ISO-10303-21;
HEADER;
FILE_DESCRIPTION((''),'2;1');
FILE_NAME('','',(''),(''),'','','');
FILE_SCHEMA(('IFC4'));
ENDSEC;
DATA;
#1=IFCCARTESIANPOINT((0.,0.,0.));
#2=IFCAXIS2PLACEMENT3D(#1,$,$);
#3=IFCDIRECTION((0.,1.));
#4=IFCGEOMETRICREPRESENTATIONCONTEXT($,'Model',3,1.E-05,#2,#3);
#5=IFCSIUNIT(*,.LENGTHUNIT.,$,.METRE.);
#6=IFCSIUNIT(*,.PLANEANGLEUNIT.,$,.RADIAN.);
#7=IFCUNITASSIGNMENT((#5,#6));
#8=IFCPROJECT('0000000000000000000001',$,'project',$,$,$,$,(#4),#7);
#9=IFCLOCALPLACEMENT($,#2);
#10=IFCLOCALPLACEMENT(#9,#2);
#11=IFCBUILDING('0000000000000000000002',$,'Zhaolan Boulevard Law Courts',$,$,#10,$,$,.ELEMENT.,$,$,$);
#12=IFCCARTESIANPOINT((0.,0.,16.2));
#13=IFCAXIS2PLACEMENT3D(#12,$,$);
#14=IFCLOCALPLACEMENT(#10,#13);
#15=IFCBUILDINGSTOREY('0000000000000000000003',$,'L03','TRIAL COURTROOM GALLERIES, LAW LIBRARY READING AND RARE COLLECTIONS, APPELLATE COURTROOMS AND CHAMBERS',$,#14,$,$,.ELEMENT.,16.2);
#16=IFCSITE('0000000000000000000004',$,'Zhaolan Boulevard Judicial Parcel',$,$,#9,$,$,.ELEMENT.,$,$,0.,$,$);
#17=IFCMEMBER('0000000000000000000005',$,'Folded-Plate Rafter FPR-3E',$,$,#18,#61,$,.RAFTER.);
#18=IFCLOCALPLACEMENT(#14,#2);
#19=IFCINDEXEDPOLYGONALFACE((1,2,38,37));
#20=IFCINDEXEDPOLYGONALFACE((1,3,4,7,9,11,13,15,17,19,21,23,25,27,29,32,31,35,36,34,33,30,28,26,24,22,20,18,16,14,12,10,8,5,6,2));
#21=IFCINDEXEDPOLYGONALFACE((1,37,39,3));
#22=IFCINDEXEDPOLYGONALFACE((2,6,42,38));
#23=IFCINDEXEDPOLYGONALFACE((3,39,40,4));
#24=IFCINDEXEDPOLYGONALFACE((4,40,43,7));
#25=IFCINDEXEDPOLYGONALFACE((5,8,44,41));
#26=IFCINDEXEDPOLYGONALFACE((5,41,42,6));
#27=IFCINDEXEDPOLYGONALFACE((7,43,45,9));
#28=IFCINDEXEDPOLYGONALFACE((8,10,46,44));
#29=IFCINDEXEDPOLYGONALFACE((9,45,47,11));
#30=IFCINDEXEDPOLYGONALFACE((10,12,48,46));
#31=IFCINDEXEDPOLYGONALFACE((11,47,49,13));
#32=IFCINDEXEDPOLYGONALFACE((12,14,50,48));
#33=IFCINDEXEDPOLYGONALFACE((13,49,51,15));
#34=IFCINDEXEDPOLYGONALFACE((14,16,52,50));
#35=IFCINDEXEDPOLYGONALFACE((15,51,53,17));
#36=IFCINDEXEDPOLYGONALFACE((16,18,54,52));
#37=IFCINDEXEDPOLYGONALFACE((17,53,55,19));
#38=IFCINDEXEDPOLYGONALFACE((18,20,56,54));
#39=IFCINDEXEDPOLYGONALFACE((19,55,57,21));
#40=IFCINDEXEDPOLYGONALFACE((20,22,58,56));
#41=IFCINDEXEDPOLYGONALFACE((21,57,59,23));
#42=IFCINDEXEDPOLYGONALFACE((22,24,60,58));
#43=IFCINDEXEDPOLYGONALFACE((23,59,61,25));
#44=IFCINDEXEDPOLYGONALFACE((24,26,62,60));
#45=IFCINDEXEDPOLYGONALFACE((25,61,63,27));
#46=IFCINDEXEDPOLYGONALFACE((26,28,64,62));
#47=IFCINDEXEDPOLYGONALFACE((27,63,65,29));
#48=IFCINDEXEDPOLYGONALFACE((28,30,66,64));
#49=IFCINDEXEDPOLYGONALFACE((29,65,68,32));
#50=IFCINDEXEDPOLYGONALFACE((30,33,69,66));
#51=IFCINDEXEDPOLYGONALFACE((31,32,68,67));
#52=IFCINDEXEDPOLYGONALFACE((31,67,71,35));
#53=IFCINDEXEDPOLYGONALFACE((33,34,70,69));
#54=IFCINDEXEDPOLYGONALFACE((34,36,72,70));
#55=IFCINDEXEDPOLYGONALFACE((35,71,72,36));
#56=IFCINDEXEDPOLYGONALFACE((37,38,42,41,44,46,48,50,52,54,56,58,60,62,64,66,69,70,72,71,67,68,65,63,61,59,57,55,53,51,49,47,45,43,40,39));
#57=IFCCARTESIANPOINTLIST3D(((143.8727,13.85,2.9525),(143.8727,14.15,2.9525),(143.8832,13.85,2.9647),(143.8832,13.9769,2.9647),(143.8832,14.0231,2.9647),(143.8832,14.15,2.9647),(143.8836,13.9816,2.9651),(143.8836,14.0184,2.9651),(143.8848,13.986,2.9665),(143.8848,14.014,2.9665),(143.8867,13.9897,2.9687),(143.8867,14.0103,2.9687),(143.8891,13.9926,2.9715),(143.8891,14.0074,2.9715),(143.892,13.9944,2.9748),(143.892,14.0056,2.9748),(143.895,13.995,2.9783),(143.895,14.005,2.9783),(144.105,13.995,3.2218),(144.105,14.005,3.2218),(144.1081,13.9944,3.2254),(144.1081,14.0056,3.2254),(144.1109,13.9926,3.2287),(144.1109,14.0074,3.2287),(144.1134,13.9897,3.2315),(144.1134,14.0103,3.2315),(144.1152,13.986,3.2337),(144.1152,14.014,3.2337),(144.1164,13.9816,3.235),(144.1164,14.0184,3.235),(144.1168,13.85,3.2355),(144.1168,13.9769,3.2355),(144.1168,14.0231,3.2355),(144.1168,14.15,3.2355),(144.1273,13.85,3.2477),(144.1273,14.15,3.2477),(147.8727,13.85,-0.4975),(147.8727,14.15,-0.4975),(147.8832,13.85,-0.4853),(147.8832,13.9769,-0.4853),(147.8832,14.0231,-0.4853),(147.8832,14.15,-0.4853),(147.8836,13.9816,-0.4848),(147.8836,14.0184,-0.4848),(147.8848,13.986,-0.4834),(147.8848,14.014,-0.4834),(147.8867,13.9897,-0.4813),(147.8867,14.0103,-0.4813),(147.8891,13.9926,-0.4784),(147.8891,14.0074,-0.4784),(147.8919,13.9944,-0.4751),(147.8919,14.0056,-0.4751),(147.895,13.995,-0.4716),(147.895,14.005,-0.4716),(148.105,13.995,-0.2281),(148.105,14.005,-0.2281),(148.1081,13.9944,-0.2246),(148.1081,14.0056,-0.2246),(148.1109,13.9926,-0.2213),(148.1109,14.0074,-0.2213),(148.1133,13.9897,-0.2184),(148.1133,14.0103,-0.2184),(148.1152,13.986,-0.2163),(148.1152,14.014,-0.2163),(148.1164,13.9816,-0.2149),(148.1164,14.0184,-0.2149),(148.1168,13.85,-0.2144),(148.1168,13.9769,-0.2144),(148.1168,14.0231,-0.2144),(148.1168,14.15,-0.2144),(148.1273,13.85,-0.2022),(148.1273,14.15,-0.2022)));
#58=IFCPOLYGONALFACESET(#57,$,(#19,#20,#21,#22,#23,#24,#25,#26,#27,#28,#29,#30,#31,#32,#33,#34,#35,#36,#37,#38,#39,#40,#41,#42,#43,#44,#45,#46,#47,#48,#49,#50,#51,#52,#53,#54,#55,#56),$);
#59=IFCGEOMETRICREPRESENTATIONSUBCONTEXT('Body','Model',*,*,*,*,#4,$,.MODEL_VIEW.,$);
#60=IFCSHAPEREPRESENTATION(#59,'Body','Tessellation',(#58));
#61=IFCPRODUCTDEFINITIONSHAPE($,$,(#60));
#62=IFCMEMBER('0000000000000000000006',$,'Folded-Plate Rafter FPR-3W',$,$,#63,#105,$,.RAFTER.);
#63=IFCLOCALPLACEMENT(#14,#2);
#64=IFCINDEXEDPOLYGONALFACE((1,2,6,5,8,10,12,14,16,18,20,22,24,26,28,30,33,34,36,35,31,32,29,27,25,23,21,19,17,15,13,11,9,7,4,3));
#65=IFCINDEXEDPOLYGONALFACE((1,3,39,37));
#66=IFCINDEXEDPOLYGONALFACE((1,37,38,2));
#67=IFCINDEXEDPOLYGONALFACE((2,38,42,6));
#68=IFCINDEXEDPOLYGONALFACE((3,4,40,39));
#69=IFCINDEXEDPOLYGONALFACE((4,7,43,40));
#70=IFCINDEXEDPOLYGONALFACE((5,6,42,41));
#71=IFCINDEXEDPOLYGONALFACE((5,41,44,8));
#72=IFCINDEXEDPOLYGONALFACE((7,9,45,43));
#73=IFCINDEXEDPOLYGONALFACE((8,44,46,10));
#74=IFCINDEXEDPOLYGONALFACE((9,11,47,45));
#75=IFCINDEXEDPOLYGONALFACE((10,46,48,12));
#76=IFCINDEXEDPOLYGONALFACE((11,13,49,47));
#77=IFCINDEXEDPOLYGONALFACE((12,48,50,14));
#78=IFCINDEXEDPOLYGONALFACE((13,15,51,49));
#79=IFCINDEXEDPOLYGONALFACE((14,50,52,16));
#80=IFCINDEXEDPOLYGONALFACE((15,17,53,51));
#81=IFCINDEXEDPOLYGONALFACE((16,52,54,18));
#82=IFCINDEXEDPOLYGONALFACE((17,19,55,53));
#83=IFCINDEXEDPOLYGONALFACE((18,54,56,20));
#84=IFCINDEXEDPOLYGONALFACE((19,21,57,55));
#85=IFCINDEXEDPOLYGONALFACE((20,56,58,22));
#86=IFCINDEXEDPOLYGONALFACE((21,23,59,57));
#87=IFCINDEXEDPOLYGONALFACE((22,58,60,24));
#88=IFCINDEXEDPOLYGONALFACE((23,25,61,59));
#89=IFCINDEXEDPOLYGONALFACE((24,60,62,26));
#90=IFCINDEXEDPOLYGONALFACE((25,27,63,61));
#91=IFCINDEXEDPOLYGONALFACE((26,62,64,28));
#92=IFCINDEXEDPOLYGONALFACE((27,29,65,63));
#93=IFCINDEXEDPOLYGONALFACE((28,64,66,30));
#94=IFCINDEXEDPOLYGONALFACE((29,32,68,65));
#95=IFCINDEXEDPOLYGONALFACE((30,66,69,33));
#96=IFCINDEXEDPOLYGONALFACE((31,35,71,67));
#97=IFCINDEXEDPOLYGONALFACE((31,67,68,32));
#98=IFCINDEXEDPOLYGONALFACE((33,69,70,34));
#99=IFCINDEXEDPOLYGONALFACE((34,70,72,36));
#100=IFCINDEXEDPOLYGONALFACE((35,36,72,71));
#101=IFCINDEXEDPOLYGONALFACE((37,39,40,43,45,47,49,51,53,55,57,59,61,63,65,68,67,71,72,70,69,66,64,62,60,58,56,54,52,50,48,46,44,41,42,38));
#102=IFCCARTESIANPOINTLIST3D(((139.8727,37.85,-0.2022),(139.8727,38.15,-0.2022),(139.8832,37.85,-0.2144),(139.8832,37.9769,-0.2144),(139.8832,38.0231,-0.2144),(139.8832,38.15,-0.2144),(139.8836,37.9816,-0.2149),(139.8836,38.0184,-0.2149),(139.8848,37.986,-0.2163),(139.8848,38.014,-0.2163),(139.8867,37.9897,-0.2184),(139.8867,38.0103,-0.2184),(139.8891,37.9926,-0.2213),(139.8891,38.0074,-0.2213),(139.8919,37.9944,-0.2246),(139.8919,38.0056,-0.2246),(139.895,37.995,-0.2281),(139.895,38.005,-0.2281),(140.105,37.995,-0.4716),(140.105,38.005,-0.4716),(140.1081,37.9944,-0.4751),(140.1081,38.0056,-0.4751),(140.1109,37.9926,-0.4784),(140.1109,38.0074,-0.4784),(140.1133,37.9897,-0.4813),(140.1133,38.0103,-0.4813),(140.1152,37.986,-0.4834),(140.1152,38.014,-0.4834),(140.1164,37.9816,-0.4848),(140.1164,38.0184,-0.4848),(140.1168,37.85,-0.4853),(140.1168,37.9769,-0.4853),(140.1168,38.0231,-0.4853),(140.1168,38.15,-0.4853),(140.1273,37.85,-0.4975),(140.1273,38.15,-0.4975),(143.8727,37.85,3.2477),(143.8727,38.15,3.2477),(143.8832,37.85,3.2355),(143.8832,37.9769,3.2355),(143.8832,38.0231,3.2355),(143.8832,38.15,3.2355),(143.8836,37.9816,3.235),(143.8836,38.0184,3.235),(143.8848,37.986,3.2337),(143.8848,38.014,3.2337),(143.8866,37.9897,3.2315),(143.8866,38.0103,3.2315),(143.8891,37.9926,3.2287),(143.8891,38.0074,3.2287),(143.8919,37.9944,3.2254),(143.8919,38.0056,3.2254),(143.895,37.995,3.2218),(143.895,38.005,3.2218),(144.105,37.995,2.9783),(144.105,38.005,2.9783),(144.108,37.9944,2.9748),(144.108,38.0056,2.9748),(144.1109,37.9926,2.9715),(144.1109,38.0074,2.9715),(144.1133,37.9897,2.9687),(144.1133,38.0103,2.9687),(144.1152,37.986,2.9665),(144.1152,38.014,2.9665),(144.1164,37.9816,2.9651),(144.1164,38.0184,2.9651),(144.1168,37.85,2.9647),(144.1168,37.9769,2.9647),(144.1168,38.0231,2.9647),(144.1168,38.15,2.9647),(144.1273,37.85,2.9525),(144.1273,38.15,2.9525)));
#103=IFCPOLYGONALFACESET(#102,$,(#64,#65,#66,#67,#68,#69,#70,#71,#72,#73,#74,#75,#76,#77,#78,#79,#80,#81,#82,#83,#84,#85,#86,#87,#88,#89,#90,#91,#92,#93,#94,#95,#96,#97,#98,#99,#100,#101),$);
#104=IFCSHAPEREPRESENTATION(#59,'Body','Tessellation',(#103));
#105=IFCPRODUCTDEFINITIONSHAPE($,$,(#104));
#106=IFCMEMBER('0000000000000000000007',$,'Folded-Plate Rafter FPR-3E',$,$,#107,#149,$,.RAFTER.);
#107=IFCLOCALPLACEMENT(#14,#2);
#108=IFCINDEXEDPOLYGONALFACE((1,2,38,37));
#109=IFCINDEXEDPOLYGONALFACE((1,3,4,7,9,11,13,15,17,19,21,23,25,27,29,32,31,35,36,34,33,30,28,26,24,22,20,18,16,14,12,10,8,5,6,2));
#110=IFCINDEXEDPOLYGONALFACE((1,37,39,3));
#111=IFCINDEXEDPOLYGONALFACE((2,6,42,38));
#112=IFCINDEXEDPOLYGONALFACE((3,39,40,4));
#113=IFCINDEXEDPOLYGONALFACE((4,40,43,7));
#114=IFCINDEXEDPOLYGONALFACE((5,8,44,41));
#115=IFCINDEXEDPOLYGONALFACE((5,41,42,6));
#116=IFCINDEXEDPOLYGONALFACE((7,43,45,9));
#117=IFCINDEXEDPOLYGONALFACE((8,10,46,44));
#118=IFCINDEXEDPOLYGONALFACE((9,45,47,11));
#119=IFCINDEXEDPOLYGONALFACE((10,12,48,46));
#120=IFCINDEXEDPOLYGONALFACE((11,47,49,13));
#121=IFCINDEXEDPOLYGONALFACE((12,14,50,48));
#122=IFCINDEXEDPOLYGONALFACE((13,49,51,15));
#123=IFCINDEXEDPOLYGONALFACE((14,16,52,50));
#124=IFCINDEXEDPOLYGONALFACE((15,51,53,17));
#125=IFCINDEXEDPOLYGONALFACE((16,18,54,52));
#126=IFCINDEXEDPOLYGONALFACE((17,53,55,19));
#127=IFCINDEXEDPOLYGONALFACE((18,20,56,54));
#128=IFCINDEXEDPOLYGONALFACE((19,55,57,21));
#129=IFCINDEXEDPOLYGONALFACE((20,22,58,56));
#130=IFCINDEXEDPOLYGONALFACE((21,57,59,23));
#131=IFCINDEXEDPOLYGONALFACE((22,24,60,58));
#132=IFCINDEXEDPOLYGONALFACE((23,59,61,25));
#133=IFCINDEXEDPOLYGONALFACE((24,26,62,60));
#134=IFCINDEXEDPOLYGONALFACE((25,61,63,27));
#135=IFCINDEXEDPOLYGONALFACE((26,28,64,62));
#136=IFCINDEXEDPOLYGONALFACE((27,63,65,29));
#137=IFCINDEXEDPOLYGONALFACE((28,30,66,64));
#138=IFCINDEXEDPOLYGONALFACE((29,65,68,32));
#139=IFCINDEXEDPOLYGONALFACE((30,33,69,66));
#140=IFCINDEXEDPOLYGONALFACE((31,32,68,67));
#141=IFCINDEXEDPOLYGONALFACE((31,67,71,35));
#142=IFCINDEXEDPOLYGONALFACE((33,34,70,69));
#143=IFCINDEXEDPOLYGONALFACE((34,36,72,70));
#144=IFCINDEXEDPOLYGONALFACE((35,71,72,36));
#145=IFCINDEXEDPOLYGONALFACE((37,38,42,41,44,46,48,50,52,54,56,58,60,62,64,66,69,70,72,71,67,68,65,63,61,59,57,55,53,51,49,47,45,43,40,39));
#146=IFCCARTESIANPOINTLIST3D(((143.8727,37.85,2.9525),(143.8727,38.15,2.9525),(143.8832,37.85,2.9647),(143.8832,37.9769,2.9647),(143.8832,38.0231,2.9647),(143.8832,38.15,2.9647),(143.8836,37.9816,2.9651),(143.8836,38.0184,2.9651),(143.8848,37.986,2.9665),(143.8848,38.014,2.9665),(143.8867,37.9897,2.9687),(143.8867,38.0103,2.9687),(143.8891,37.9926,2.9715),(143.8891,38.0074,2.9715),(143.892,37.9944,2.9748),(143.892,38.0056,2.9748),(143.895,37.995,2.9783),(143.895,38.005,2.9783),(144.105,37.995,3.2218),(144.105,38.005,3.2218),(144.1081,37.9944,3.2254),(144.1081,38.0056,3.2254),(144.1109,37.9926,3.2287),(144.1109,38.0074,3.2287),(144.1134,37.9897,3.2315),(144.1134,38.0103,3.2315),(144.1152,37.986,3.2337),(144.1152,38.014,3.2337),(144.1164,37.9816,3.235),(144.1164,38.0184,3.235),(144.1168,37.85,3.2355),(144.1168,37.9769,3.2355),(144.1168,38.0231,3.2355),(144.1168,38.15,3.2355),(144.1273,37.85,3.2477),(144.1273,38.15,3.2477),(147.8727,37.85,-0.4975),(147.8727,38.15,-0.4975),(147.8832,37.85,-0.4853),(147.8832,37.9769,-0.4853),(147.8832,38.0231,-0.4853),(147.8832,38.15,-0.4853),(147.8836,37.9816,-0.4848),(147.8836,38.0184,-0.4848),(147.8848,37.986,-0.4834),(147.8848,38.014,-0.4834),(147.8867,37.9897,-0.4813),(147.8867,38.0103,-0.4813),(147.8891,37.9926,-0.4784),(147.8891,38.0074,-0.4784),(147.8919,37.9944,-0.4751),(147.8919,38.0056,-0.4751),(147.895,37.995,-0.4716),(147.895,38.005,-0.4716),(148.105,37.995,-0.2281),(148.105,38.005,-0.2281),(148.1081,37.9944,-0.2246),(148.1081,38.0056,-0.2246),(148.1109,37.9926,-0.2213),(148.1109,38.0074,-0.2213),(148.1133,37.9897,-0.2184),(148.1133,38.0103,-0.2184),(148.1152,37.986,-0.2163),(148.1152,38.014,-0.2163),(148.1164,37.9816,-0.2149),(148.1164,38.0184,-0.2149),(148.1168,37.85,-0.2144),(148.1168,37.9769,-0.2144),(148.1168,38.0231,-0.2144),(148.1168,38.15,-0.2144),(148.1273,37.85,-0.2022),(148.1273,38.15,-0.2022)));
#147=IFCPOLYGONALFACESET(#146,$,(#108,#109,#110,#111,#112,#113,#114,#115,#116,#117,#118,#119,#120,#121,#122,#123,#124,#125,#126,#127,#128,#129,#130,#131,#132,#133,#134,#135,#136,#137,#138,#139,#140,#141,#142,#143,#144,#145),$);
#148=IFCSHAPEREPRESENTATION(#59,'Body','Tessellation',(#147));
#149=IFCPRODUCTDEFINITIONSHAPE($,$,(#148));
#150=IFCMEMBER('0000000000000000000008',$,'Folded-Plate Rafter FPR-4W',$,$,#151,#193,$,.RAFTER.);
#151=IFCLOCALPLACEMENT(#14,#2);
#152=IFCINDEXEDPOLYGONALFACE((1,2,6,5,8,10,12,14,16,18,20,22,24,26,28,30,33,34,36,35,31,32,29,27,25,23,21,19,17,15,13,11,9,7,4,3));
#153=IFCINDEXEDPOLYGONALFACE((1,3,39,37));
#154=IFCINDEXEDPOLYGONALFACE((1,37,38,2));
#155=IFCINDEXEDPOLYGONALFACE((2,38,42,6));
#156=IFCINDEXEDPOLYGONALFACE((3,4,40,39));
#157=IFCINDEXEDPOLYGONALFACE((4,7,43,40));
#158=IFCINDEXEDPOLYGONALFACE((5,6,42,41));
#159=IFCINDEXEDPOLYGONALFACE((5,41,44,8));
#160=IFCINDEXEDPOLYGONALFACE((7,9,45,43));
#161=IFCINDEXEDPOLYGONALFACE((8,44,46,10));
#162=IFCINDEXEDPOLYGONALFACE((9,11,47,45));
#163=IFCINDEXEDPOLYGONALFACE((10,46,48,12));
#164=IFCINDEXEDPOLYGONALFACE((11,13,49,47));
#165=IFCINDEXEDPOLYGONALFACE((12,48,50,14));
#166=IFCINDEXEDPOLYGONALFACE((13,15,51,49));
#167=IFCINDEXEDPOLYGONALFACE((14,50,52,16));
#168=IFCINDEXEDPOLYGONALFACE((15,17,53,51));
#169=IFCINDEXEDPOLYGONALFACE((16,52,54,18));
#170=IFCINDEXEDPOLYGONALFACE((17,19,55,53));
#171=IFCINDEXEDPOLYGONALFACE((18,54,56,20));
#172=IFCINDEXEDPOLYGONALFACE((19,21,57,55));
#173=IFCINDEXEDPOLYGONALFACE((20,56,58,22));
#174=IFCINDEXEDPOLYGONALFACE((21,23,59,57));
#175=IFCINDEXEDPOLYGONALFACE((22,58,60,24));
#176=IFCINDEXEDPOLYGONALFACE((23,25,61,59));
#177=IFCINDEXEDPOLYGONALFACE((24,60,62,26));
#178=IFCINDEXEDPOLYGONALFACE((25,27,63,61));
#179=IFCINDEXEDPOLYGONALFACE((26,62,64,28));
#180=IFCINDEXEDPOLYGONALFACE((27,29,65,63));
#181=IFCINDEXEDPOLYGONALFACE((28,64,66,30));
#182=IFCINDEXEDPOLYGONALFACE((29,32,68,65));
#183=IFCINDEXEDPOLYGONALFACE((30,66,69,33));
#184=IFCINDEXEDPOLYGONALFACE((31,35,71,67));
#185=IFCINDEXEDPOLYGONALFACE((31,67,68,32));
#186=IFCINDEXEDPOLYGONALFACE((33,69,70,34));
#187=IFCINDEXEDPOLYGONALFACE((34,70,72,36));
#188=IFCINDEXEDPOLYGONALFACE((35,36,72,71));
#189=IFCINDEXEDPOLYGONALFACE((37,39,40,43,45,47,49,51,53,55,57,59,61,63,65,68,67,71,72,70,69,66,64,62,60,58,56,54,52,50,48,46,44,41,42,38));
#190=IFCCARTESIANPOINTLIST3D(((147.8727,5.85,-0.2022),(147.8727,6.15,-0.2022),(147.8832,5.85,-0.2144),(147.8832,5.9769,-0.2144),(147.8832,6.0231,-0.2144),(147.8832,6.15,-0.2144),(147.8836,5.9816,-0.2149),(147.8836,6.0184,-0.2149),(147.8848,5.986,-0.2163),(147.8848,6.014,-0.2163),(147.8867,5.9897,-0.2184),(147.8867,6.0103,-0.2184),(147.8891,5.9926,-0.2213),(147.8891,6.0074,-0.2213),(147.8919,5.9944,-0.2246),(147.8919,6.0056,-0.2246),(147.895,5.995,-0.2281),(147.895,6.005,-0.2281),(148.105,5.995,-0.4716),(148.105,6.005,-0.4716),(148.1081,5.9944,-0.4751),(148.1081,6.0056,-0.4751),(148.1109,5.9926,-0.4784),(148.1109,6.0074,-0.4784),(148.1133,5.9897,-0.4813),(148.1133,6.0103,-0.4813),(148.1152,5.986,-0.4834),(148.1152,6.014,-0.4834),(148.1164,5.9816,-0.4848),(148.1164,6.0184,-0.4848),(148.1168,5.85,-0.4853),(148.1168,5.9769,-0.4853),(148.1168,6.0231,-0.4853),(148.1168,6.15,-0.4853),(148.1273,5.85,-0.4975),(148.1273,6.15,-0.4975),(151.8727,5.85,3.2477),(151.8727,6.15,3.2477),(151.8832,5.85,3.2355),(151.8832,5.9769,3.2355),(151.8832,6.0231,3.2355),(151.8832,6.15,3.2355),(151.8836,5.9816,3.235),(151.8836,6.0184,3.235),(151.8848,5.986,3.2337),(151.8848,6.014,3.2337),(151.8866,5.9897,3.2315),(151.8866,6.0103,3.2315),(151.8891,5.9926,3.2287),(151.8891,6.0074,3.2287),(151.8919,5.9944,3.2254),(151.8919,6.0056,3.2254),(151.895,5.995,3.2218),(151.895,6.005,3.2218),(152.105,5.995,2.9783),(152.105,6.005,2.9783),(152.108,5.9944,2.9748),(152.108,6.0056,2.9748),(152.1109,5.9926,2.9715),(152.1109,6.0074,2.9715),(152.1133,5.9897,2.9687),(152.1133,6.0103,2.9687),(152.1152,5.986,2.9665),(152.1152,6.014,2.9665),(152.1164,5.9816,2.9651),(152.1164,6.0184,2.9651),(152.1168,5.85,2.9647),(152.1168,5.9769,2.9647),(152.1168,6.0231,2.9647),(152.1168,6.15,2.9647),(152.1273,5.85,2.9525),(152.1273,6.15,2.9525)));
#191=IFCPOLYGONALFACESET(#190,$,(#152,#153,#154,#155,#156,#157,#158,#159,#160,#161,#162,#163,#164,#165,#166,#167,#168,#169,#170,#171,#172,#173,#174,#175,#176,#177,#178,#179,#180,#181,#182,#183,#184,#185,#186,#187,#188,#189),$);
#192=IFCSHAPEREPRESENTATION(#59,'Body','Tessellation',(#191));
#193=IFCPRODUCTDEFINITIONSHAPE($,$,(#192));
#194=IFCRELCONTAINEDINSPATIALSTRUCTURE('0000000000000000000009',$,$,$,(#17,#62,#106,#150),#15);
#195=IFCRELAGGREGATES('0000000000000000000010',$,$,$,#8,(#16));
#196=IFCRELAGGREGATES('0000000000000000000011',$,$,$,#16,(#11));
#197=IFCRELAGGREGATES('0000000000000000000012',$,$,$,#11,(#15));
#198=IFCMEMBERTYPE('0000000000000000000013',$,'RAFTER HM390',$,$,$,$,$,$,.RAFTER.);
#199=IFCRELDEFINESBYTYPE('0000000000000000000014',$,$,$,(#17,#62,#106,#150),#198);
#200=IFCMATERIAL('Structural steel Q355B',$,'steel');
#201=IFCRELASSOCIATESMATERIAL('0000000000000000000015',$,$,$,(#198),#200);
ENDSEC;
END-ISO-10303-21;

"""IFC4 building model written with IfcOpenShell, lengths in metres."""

from ifc_helpers import new_model, si_unit, direction, frame, origin, origin_2d, place, context, subcontext, project, spatial, i_section, extrude, material, material_profile, profile_set, type_object, element, save


model = new_model("IFC4")

# Units and contexts
model_context = context("Model", 3, precision=1e-05, world=origin(), true_north=direction((0.0, 1.0)))
body_context = subcontext(model_context, "Body", "Model", "MODEL_VIEW")
ifc_project = project(units=[si_unit("LENGTHUNIT", "METRE"), si_unit("PLANEANGLEUNIT", "RADIAN")], contexts=[model_context])

# Site, building, storey
site_placement = place(None, origin())
site = spatial("IfcSite", under=ifc_project, at=site_placement, Name="Zhaolan Boulevard Judicial Parcel", CompositionType="ELEMENT", RefElevation=0.0)
building_placement = place(site_placement, origin())
building = spatial("IfcBuilding", under=site, at=building_placement, Name="Zhaolan Boulevard Law Courts", CompositionType="ELEMENT")
storey_placement = place(building_placement, frame((0.0, 0.0, 16.2)))
storey = spatial("IfcBuildingStorey", under=building, at=storey_placement, Name="L03", Description="TRIAL COURTROOM GALLERIES, LAW LIBRARY READING AND RARE COLLECTIONS, APPELLATE COURTROOMS AND CHAMBERS", CompositionType="ELEMENT", Elevation=16.2)

# Members
ifc_material_1 = material(Name="Structural steel Q355B", Category="steel")
ifc_material_profile_1 = material_profile(ifc_material_1, i_section(OverallWidth=0.3, OverallDepth=0.3899, WebThickness=0.01, FlangeThickness=0.0161, FilletRadius=0.0181, at=origin_2d()), Name="HM390x300")
ifc_profile_set_1 = profile_set([ifc_material_profile_1], Name="Structural steel Q355B")
member_type_1 = type_object("IfcMemberType", Name="RAFTER HM390", PredefinedType="RAFTER", material=ifc_profile_set_1)
for number, where, z_axis, x_axis, name in (
    (1, (148.0, 14.0, -0.3499), (-0.757253, 0.0, 0.653122), (0.0, -1.0, 0.0), "Folded-Plate Rafter FPR-3E"),
    (2, (140.0, 38.0, -0.3499), (0.757253, 0.0, 0.653122), (0.0, 1.0, 0.0), "Folded-Plate Rafter FPR-3W"),
    (3, (148.0, 38.0, -0.3499), (-0.757253, 0.0, 0.653122), (0.0, -1.0, 0.0), "Folded-Plate Rafter FPR-3E"),
    (4, (148.0, 6.0, -0.3499), (0.757253, 0.0, 0.653122), (0.0, 1.0, 0.0), "Folded-Plate Rafter FPR-4W"),
):
    element("IfcMember", number, at=place(storey_placement, frame(where, z_axis=z_axis, x_axis=x_axis)), inside=storey, type_object=member_type_1, Name=name, PredefinedType="RAFTER", context=body_context, shape_type="SweptSolid", body=[
        extrude(i_section(OverallWidth=0.3, OverallDepth=0.3899, WebThickness=0.01, FlangeThickness=0.0161, FilletRadius=0.0181, at=origin_2d()), origin(), (0.0, 0.0, 1.0), 5.2822),
    ])

save(model, "model.ifc")
